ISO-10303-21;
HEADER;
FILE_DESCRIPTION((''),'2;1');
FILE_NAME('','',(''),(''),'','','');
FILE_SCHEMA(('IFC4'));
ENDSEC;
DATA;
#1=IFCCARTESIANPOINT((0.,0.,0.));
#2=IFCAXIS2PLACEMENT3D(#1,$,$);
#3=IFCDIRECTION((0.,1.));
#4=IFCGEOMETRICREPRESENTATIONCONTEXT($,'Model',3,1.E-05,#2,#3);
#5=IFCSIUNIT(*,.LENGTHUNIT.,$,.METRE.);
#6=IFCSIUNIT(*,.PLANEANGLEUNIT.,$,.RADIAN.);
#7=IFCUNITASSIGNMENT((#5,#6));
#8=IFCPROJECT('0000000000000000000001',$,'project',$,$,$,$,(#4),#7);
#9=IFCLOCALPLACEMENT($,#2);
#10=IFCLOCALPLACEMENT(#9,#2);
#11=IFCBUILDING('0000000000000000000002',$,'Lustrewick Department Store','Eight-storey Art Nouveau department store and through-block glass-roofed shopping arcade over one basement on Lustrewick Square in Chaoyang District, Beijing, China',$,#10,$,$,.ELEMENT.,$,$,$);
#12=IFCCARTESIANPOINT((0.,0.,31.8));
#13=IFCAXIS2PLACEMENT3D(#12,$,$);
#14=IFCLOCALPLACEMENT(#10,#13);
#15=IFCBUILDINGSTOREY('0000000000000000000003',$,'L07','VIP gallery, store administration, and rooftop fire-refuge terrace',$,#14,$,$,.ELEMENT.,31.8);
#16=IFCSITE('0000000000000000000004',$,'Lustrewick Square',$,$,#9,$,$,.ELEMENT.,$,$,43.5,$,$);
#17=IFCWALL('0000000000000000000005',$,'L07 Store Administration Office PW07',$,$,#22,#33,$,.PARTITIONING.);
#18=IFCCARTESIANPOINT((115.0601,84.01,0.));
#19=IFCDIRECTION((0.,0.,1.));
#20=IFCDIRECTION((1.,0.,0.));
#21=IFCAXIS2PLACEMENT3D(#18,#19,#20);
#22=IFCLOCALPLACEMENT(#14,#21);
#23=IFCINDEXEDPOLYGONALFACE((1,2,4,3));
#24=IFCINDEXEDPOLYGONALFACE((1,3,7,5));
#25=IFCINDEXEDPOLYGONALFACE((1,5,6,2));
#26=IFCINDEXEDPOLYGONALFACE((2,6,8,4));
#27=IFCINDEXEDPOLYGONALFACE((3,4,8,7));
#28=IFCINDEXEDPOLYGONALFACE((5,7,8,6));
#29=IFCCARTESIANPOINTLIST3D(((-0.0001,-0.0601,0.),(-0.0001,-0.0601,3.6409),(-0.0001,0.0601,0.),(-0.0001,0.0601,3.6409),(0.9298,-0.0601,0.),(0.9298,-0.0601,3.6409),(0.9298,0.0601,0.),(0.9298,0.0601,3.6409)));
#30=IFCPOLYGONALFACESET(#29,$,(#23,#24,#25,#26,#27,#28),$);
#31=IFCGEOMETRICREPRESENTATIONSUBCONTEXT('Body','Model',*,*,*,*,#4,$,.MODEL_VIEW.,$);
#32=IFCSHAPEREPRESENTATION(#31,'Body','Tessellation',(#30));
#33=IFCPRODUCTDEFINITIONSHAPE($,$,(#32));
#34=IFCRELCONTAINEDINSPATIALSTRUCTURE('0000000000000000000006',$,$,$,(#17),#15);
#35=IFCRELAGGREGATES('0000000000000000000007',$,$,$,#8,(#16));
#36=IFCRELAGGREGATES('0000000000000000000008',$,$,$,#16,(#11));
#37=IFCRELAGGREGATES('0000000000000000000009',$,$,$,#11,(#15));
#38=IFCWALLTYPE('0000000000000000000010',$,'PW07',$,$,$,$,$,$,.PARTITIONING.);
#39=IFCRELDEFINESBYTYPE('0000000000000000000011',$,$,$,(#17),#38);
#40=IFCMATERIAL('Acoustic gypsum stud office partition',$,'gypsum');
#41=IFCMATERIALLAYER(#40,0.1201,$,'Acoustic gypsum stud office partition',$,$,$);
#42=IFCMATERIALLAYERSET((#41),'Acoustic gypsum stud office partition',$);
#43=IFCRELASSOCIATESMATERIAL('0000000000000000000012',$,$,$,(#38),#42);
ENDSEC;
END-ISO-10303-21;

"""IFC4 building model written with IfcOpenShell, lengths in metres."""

from ifc_helpers import new_model, si_unit, direction, frame, frame_2d, origin, place, context, subcontext, project, spatial, rectangle, extrude, material, layer, layer_set, type_object, element, save


model = new_model("IFC4")

# Units and contexts
model_context = context("Model", 3, precision=1e-05, world=origin(), true_north=direction((0.0, 1.0)))
body_context = subcontext(model_context, "Body", "Model", "MODEL_VIEW")
ifc_project = project(units=[si_unit("LENGTHUNIT", "METRE"), si_unit("PLANEANGLEUNIT", "RADIAN")], contexts=[model_context])

# Site, building, storey
site_placement = place(None, origin())
site = spatial("IfcSite", under=ifc_project, at=site_placement, Name="Lustrewick Square", CompositionType="ELEMENT", RefElevation=43.5)
building_placement = place(site_placement, origin())
building = spatial("IfcBuilding", under=site, at=building_placement, Name="Lustrewick Department Store", Description="Eight-storey Art Nouveau department store and through-block glass-roofed shopping arcade over one basement on Lustrewick Square in Chaoyang District, Beijing, China", CompositionType="ELEMENT")
storey_placement = place(building_placement, frame((0.0, 0.0, 31.8)))
storey = spatial("IfcBuildingStorey", under=building, at=storey_placement, Name="L07", Description="VIP gallery, store administration, and rooftop fire-refuge terrace", CompositionType="ELEMENT", Elevation=31.8)

# Wall
ifc_material_1 = material(Name="Acoustic gypsum stud office partition", Category="gypsum")
ifc_layer_1 = layer(ifc_material_1, 0.1201, Name="Acoustic gypsum stud office partition")
ifc_layer_set_1 = layer_set([ifc_layer_1], Name="Acoustic gypsum stud office partition")
wall_type_1 = type_object("IfcWallType", Name="PW07", PredefinedType="PARTITIONING", material=ifc_layer_set_1)
wall_1_placement = place(storey_placement, frame((115.0601, 84.01, 0.0), z_axis=(0.0, 0.0, 1.0), x_axis=(1.0, 0.0, 0.0)))
element("IfcWall", 1, at=wall_1_placement, inside=storey, type_object=wall_type_1, Name="L07 Store Administration Office PW07", PredefinedType="PARTITIONING", context=body_context, shape_type="SweptSolid", body=[
    extrude(rectangle(XDim=0.9299, YDim=0.1201, at=frame_2d((0.4648, 0.0))), origin(), (0.0, 0.0, 1.0), 3.6409),
])

save(model, "model.ifc")
